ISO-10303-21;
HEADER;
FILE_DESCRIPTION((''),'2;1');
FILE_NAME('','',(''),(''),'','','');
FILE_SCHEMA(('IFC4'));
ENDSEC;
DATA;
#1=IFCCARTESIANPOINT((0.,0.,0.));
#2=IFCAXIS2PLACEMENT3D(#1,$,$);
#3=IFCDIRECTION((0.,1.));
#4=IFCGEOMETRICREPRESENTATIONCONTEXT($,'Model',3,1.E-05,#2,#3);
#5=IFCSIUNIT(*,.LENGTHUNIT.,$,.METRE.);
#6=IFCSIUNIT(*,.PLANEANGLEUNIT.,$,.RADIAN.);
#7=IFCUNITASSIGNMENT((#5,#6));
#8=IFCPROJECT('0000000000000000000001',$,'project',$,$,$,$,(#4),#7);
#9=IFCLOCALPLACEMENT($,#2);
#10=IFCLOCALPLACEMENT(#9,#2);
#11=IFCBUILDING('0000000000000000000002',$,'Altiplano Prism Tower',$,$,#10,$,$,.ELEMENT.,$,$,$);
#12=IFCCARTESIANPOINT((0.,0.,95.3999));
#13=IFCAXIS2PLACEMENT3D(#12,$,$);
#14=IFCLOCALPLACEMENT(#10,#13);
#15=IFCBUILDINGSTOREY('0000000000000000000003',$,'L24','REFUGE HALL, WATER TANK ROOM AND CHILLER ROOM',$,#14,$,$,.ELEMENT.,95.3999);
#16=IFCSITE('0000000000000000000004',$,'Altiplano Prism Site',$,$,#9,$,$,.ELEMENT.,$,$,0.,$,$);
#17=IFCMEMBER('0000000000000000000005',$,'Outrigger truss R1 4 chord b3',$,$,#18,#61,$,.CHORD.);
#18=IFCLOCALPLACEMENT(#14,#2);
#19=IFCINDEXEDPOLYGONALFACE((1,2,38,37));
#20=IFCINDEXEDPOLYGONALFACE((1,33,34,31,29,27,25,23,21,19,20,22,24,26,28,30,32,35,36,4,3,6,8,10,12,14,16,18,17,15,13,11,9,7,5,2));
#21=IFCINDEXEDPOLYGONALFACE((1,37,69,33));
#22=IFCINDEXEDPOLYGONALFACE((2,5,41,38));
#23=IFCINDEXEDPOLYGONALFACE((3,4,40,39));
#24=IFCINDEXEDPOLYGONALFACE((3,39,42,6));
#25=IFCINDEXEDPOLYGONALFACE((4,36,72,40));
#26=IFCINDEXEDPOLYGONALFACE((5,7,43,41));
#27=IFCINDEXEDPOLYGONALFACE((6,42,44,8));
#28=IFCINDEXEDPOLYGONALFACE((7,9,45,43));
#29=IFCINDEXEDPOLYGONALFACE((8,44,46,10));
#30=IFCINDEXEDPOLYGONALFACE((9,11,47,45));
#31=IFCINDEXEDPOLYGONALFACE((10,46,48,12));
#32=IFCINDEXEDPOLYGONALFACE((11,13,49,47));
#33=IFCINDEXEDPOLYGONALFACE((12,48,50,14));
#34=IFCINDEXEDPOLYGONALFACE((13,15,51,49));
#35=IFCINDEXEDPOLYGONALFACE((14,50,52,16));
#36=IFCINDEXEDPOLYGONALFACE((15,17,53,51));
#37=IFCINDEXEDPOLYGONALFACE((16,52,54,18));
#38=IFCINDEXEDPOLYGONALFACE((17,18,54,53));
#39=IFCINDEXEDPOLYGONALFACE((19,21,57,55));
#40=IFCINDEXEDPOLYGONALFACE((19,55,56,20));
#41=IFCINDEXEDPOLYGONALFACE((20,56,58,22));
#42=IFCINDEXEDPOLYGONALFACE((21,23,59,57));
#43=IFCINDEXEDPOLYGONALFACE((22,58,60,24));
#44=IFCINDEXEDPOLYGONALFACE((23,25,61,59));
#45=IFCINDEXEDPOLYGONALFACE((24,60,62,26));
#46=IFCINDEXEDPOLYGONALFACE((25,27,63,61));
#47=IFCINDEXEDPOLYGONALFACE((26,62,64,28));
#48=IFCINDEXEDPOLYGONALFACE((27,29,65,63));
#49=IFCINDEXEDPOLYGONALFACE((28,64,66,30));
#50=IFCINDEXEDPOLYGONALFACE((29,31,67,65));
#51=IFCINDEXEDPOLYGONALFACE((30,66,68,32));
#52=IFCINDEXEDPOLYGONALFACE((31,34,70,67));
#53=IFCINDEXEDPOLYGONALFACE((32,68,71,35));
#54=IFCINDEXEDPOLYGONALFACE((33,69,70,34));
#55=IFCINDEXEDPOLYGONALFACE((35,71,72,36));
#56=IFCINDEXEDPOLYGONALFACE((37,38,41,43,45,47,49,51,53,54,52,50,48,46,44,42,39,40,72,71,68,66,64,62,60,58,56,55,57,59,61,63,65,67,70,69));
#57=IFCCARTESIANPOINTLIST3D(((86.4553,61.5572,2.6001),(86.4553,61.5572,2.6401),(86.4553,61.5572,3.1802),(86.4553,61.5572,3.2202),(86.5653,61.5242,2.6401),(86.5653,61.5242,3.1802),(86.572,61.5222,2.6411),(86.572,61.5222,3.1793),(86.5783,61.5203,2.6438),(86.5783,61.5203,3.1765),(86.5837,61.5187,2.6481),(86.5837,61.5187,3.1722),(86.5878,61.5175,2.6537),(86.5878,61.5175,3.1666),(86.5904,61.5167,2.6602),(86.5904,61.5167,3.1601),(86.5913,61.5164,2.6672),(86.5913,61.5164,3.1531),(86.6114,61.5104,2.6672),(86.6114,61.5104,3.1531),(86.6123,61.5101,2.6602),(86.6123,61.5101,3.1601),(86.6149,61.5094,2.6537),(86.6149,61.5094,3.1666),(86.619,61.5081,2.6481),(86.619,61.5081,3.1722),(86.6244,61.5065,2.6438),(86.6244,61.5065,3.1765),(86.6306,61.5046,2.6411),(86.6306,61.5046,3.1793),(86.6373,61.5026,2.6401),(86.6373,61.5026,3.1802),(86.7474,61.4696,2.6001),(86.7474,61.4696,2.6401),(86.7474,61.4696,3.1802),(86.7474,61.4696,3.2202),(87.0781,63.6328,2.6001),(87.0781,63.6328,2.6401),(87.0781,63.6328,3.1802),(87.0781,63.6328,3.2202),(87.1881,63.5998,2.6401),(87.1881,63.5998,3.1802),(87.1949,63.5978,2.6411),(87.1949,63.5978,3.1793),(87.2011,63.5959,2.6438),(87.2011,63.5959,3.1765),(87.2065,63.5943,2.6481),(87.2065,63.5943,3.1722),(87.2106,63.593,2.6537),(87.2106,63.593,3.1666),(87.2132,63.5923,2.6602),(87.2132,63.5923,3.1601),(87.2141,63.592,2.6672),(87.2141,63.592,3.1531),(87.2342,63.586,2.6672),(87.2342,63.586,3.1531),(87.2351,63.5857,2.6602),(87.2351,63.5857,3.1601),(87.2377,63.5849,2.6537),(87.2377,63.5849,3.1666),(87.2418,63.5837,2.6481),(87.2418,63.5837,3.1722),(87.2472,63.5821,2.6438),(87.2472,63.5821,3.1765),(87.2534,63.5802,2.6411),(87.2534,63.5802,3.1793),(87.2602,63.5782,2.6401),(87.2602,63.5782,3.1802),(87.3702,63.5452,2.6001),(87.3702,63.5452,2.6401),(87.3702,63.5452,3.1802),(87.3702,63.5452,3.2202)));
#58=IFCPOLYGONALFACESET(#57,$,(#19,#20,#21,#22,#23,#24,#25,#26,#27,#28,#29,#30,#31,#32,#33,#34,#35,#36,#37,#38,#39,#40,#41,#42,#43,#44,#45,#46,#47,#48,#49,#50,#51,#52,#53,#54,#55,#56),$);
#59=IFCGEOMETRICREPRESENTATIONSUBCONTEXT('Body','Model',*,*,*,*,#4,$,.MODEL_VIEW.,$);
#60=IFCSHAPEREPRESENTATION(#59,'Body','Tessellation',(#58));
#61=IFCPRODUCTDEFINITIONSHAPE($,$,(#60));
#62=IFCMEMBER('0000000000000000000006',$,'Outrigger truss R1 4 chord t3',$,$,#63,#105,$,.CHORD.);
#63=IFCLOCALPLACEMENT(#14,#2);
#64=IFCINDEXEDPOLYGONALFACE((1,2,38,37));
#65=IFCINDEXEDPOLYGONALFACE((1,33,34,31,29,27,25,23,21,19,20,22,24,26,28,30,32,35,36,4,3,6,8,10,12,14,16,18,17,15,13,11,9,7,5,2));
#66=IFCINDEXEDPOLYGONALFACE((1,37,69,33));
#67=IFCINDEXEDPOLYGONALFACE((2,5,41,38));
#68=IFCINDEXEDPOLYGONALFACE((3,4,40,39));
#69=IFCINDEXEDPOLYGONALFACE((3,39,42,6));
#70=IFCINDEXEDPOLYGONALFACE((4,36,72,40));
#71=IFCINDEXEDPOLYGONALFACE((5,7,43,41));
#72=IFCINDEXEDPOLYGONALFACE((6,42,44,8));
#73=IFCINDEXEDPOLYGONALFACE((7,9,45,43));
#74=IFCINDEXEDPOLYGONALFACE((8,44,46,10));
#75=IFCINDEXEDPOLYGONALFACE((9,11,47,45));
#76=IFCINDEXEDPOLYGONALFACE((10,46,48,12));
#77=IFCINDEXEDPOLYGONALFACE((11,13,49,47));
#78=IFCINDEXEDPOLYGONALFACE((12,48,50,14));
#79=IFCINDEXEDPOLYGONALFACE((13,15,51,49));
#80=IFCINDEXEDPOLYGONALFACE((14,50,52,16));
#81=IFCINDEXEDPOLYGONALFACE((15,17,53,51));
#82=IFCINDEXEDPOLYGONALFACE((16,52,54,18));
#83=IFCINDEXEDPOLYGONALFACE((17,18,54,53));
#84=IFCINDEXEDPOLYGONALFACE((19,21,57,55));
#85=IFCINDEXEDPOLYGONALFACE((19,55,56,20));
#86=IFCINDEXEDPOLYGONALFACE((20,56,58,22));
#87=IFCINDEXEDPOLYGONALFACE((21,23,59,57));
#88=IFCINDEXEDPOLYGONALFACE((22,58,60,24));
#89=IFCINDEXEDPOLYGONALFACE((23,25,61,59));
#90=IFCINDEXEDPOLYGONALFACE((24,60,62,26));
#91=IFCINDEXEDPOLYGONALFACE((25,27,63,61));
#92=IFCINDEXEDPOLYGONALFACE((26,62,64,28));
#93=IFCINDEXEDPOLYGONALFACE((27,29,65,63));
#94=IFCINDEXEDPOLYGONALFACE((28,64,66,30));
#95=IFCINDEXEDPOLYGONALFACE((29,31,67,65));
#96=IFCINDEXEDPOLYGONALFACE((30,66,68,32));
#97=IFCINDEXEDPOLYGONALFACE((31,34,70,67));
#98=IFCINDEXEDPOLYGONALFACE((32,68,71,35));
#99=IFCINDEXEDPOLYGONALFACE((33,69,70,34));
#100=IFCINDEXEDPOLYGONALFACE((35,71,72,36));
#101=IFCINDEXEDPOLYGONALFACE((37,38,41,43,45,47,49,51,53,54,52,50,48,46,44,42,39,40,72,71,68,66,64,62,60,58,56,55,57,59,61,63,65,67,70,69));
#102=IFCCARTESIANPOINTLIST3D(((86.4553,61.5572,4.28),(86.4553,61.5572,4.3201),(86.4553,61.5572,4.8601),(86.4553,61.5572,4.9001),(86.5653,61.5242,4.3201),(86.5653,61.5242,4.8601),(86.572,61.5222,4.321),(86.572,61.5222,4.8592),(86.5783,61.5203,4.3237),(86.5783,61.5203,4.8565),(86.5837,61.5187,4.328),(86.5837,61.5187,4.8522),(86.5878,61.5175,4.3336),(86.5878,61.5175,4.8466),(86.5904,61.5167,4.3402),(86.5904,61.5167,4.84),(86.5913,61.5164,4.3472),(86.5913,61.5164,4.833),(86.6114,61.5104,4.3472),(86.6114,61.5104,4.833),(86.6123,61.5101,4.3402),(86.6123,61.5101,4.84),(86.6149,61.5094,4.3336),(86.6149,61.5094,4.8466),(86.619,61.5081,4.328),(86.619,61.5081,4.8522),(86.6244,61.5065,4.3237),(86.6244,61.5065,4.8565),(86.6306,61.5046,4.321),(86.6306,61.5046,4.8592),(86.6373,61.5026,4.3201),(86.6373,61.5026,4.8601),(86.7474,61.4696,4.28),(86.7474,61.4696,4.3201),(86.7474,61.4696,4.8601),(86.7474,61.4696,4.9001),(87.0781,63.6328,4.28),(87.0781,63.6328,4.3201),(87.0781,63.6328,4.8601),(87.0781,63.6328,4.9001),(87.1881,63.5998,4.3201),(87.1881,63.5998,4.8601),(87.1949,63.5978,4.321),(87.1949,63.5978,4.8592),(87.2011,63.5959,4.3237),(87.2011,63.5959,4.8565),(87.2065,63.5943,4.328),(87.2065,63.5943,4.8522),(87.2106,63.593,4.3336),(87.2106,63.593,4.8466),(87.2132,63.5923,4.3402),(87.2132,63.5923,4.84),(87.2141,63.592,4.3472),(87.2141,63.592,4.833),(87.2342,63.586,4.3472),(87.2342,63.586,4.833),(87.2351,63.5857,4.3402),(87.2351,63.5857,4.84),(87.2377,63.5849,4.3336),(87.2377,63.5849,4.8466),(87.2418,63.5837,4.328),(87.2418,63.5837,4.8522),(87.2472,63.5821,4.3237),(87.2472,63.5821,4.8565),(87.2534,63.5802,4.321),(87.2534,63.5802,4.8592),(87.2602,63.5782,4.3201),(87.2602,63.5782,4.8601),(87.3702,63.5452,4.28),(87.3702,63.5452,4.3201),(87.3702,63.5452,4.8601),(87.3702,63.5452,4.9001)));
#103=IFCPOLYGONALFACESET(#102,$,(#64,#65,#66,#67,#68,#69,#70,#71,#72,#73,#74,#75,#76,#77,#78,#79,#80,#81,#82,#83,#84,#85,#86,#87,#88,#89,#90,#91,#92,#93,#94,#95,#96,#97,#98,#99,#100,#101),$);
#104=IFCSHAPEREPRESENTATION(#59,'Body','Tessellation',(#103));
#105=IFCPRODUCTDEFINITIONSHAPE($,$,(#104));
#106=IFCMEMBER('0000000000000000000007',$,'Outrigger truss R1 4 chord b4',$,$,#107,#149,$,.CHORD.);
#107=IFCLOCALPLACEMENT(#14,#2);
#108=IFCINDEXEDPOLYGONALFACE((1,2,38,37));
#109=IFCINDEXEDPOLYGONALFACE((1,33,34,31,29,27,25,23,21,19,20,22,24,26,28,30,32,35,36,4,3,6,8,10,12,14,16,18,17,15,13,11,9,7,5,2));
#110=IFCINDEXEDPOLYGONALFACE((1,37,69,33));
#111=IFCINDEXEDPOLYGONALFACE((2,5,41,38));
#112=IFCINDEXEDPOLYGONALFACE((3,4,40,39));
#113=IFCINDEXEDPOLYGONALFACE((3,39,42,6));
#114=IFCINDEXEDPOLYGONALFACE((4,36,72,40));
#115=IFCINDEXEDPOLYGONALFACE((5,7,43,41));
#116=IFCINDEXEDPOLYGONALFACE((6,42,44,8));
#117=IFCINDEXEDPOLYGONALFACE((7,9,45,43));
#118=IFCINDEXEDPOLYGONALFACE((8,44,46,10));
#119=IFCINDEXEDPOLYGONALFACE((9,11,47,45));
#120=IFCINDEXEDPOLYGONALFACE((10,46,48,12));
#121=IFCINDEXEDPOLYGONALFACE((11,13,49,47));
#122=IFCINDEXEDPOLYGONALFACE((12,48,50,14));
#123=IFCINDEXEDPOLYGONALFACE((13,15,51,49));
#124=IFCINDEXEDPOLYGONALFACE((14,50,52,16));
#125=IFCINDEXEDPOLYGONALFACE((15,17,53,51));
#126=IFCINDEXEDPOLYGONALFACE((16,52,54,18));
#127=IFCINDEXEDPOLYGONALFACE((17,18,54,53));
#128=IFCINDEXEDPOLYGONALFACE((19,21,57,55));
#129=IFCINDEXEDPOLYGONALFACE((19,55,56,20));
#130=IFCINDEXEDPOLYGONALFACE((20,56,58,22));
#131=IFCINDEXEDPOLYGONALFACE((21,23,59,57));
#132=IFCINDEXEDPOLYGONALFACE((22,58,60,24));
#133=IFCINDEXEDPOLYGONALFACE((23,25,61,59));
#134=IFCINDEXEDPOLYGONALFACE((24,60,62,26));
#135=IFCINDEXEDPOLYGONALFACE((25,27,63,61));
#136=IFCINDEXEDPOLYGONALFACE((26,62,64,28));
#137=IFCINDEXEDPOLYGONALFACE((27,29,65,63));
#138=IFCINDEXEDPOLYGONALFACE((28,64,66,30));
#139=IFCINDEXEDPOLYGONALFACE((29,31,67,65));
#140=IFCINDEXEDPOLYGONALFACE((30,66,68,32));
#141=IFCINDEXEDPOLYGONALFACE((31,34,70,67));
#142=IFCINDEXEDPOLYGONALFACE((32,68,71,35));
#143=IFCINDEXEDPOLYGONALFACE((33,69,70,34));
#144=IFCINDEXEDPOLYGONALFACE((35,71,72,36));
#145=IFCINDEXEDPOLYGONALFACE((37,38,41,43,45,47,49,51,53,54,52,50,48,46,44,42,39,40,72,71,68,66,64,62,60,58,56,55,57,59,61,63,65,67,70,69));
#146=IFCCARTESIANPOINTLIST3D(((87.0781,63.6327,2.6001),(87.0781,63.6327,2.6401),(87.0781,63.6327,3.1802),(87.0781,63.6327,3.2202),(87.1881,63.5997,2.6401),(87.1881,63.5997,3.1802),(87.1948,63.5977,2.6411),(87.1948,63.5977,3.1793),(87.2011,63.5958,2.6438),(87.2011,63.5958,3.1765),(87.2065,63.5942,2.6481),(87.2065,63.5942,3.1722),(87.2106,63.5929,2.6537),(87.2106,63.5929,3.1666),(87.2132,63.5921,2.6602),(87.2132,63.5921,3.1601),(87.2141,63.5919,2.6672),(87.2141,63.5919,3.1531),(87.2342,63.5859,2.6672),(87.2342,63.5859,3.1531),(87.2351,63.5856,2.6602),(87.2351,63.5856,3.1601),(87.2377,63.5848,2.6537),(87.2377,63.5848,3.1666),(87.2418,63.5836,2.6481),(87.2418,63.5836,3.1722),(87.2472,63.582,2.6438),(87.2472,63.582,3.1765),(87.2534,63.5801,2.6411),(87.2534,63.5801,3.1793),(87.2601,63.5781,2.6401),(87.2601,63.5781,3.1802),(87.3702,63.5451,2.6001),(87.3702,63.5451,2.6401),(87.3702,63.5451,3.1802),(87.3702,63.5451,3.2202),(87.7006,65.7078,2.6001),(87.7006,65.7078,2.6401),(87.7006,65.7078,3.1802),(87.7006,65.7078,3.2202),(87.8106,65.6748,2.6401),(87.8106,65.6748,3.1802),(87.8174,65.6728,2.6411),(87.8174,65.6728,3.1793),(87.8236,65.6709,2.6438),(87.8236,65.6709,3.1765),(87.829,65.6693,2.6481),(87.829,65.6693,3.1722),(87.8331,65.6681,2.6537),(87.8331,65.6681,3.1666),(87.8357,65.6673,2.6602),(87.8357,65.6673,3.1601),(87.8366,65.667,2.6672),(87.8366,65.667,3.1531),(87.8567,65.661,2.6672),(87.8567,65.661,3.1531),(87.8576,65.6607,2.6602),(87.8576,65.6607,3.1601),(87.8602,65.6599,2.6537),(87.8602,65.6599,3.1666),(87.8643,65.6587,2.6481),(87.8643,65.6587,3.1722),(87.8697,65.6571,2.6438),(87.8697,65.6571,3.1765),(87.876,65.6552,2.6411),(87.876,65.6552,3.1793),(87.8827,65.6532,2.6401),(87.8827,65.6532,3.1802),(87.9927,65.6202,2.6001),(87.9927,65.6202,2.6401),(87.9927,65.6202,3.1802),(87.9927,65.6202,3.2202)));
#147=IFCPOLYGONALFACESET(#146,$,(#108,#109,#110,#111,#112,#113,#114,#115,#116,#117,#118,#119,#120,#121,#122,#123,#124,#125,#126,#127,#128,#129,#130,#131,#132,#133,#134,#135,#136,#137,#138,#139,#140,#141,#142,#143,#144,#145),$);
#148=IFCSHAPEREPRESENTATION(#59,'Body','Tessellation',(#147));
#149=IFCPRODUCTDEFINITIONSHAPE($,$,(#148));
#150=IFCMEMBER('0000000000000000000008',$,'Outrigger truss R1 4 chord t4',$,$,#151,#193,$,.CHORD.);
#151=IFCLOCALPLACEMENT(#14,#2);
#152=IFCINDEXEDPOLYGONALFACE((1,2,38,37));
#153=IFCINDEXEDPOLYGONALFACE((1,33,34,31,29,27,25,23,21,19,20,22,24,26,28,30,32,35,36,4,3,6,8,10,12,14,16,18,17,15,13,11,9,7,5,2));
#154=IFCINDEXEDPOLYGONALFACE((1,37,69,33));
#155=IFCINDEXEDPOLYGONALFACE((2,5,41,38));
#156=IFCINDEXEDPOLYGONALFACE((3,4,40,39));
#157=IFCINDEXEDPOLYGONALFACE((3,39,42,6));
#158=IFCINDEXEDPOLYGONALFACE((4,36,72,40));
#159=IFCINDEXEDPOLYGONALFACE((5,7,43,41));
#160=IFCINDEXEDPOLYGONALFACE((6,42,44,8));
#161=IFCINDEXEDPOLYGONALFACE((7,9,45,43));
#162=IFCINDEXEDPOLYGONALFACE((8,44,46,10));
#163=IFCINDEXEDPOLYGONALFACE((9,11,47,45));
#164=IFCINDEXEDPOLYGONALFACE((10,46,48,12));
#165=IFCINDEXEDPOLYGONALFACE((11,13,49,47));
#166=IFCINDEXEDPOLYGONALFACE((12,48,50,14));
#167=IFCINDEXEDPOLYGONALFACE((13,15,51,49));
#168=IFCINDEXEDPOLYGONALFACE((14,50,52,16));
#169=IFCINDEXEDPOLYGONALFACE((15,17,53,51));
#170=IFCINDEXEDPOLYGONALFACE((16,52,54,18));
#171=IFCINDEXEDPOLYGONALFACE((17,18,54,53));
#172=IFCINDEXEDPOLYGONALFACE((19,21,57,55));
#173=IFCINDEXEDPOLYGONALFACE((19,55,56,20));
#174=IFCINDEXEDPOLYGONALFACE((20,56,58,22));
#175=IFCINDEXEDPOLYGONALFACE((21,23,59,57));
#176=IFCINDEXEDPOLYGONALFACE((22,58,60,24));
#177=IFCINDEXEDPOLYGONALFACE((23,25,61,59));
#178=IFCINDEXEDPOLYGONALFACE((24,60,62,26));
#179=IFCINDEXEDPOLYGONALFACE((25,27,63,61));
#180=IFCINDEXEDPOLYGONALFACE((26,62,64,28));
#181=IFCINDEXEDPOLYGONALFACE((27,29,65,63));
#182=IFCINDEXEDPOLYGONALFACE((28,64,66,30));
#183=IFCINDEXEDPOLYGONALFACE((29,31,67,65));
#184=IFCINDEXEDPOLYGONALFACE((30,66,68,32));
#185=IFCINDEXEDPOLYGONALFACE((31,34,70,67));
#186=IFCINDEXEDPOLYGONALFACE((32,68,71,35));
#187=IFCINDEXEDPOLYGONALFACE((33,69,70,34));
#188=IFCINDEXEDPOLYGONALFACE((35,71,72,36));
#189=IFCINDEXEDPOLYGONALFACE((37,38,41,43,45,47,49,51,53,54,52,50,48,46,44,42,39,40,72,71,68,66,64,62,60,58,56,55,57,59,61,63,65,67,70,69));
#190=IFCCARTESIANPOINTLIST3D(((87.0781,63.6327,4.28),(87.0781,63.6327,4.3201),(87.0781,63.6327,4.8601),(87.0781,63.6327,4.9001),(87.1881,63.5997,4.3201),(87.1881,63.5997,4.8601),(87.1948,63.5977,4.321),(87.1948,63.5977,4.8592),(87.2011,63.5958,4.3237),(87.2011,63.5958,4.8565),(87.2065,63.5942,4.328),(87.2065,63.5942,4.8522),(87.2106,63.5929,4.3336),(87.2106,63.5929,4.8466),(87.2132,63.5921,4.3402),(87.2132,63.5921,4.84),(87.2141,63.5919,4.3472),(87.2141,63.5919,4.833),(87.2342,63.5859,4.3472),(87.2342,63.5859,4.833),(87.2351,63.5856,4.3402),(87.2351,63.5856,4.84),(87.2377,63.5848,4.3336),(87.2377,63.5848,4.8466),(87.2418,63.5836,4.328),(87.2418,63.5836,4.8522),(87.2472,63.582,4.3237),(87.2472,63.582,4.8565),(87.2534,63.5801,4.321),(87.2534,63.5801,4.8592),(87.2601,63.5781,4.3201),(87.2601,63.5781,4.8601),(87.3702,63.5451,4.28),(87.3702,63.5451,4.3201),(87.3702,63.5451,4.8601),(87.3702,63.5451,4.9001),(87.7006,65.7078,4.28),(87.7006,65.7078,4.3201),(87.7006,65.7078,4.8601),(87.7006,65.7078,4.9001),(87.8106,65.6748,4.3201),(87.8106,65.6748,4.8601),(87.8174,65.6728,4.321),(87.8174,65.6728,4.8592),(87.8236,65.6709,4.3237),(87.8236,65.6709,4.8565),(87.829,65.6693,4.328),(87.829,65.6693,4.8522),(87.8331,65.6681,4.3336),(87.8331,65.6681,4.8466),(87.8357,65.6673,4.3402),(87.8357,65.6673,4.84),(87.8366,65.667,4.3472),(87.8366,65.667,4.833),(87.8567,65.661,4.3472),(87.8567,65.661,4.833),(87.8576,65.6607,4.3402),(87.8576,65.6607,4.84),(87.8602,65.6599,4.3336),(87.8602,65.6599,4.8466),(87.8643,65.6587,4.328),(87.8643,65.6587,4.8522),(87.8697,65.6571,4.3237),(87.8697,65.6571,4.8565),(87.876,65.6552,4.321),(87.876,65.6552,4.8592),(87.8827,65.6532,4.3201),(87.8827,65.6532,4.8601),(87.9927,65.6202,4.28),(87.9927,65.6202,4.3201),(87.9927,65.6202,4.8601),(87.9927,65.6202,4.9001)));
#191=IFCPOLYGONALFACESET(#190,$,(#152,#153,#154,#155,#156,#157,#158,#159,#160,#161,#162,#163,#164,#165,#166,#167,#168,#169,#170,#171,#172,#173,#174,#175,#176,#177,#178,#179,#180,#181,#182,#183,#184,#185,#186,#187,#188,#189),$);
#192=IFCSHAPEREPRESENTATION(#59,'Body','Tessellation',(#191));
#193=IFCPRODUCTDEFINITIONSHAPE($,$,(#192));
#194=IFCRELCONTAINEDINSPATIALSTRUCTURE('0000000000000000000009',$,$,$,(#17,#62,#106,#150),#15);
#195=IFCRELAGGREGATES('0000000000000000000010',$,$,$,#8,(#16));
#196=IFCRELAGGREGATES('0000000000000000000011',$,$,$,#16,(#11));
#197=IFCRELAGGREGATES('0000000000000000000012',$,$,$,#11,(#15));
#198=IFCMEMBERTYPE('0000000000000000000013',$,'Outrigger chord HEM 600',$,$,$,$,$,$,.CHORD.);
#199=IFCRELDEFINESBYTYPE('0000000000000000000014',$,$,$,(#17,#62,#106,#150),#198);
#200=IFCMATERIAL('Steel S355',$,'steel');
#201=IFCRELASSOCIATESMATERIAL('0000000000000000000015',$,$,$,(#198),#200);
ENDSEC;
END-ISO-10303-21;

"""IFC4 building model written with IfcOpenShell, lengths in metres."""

from ifc_helpers import new_model, si_unit, direction, frame, origin, origin_2d, place, context, subcontext, project, spatial, i_section, extrude, material, material_profile, profile_set, type_object, element, save


model = new_model("IFC4")

# Units and contexts
model_context = context("Model", 3, precision=1e-05, world=origin(), true_north=direction((0.0, 1.0)))
body_context = subcontext(model_context, "Body", "Model", "MODEL_VIEW")
ifc_project = project(units=[si_unit("LENGTHUNIT", "METRE"), si_unit("PLANEANGLEUNIT", "RADIAN")], contexts=[model_context])

# Site, building, storey
site_placement = place(None, origin())
site = spatial("IfcSite", under=ifc_project, at=site_placement, Name="Altiplano Prism Site", CompositionType="ELEMENT", RefElevation=0.0)
building_placement = place(site_placement, origin())
building = spatial("IfcBuilding", under=site, at=building_placement, Name="Altiplano Prism Tower", CompositionType="ELEMENT")
storey_placement = place(building_placement, frame((0.0, 0.0, 95.3999)))
storey = spatial("IfcBuildingStorey", under=building, at=storey_placement, Name="L24", Description="REFUGE HALL, WATER TANK ROOM AND CHILLER ROOM", CompositionType="ELEMENT", Elevation=95.3999)

# Members
ifc_material_1 = material(Name="Steel S355", Category="steel")
ifc_material_profile_1 = material_profile(ifc_material_1, i_section(OverallWidth=0.3049, OverallDepth=0.6201, WebThickness=0.021, FlangeThickness=0.04, FilletRadius=0.0271, at=origin_2d()), Name="Outrigger chord HEM 600")
ifc_profile_set_1 = profile_set([ifc_material_profile_1], Name="Steel S355")
member_type_1 = type_object("IfcMemberType", Name="Outrigger chord HEM 600", PredefinedType="CHORD", material=ifc_profile_set_1)
for number, where, z_axis, x_axis, name in (
    (1, (86.6013, 61.5134, 2.9102), (0.28742, 0.957805, 0.0), (-0.957805, 0.28742, 0.0), "Outrigger truss R1 4 chord b3"),
    (2, (86.6013, 61.5134, 4.5901), (0.28742, 0.957805, 0.0), (-0.957805, 0.28742, 0.0), "Outrigger truss R1 4 chord t3"),
):
    element("IfcMember", number, at=place(storey_placement, frame(where, z_axis=z_axis, x_axis=x_axis)), inside=storey, type_object=member_type_1, Name=name, PredefinedType="CHORD", context=body_context, shape_type="SweptSolid", body=[
        extrude(i_section(OverallWidth=0.3049, OverallDepth=0.6201, WebThickness=0.021, FlangeThickness=0.04, FilletRadius=0.0271, at=origin_2d()), origin(), (0.0, 0.0, 1.0), 2.167),
    ])
for number, where, z_axis, x_axis, name in (
    (3, (87.2241, 63.5889, 2.9102), (0.287348, 0.957826, 0.0), (-0.957826, 0.287348, 0.0), "Outrigger truss R1 4 chord b4"),
    (4, (87.2241, 63.5889, 4.5901), (0.287348, 0.957826, 0.0), (-0.957826, 0.287348, 0.0), "Outrigger truss R1 4 chord t4"),
):
    element("IfcMember", number, at=place(storey_placement, frame(where, z_axis=z_axis, x_axis=x_axis)), inside=storey, type_object=member_type_1, Name=name, PredefinedType="CHORD", context=body_context, shape_type="SweptSolid", body=[
        extrude(i_section(OverallWidth=0.3049, OverallDepth=0.6201, WebThickness=0.021, FlangeThickness=0.04, FilletRadius=0.0271, at=origin_2d()), origin(), (0.0, 0.0, 1.0), 2.1665),
    ])

save(model, "model.ifc")
